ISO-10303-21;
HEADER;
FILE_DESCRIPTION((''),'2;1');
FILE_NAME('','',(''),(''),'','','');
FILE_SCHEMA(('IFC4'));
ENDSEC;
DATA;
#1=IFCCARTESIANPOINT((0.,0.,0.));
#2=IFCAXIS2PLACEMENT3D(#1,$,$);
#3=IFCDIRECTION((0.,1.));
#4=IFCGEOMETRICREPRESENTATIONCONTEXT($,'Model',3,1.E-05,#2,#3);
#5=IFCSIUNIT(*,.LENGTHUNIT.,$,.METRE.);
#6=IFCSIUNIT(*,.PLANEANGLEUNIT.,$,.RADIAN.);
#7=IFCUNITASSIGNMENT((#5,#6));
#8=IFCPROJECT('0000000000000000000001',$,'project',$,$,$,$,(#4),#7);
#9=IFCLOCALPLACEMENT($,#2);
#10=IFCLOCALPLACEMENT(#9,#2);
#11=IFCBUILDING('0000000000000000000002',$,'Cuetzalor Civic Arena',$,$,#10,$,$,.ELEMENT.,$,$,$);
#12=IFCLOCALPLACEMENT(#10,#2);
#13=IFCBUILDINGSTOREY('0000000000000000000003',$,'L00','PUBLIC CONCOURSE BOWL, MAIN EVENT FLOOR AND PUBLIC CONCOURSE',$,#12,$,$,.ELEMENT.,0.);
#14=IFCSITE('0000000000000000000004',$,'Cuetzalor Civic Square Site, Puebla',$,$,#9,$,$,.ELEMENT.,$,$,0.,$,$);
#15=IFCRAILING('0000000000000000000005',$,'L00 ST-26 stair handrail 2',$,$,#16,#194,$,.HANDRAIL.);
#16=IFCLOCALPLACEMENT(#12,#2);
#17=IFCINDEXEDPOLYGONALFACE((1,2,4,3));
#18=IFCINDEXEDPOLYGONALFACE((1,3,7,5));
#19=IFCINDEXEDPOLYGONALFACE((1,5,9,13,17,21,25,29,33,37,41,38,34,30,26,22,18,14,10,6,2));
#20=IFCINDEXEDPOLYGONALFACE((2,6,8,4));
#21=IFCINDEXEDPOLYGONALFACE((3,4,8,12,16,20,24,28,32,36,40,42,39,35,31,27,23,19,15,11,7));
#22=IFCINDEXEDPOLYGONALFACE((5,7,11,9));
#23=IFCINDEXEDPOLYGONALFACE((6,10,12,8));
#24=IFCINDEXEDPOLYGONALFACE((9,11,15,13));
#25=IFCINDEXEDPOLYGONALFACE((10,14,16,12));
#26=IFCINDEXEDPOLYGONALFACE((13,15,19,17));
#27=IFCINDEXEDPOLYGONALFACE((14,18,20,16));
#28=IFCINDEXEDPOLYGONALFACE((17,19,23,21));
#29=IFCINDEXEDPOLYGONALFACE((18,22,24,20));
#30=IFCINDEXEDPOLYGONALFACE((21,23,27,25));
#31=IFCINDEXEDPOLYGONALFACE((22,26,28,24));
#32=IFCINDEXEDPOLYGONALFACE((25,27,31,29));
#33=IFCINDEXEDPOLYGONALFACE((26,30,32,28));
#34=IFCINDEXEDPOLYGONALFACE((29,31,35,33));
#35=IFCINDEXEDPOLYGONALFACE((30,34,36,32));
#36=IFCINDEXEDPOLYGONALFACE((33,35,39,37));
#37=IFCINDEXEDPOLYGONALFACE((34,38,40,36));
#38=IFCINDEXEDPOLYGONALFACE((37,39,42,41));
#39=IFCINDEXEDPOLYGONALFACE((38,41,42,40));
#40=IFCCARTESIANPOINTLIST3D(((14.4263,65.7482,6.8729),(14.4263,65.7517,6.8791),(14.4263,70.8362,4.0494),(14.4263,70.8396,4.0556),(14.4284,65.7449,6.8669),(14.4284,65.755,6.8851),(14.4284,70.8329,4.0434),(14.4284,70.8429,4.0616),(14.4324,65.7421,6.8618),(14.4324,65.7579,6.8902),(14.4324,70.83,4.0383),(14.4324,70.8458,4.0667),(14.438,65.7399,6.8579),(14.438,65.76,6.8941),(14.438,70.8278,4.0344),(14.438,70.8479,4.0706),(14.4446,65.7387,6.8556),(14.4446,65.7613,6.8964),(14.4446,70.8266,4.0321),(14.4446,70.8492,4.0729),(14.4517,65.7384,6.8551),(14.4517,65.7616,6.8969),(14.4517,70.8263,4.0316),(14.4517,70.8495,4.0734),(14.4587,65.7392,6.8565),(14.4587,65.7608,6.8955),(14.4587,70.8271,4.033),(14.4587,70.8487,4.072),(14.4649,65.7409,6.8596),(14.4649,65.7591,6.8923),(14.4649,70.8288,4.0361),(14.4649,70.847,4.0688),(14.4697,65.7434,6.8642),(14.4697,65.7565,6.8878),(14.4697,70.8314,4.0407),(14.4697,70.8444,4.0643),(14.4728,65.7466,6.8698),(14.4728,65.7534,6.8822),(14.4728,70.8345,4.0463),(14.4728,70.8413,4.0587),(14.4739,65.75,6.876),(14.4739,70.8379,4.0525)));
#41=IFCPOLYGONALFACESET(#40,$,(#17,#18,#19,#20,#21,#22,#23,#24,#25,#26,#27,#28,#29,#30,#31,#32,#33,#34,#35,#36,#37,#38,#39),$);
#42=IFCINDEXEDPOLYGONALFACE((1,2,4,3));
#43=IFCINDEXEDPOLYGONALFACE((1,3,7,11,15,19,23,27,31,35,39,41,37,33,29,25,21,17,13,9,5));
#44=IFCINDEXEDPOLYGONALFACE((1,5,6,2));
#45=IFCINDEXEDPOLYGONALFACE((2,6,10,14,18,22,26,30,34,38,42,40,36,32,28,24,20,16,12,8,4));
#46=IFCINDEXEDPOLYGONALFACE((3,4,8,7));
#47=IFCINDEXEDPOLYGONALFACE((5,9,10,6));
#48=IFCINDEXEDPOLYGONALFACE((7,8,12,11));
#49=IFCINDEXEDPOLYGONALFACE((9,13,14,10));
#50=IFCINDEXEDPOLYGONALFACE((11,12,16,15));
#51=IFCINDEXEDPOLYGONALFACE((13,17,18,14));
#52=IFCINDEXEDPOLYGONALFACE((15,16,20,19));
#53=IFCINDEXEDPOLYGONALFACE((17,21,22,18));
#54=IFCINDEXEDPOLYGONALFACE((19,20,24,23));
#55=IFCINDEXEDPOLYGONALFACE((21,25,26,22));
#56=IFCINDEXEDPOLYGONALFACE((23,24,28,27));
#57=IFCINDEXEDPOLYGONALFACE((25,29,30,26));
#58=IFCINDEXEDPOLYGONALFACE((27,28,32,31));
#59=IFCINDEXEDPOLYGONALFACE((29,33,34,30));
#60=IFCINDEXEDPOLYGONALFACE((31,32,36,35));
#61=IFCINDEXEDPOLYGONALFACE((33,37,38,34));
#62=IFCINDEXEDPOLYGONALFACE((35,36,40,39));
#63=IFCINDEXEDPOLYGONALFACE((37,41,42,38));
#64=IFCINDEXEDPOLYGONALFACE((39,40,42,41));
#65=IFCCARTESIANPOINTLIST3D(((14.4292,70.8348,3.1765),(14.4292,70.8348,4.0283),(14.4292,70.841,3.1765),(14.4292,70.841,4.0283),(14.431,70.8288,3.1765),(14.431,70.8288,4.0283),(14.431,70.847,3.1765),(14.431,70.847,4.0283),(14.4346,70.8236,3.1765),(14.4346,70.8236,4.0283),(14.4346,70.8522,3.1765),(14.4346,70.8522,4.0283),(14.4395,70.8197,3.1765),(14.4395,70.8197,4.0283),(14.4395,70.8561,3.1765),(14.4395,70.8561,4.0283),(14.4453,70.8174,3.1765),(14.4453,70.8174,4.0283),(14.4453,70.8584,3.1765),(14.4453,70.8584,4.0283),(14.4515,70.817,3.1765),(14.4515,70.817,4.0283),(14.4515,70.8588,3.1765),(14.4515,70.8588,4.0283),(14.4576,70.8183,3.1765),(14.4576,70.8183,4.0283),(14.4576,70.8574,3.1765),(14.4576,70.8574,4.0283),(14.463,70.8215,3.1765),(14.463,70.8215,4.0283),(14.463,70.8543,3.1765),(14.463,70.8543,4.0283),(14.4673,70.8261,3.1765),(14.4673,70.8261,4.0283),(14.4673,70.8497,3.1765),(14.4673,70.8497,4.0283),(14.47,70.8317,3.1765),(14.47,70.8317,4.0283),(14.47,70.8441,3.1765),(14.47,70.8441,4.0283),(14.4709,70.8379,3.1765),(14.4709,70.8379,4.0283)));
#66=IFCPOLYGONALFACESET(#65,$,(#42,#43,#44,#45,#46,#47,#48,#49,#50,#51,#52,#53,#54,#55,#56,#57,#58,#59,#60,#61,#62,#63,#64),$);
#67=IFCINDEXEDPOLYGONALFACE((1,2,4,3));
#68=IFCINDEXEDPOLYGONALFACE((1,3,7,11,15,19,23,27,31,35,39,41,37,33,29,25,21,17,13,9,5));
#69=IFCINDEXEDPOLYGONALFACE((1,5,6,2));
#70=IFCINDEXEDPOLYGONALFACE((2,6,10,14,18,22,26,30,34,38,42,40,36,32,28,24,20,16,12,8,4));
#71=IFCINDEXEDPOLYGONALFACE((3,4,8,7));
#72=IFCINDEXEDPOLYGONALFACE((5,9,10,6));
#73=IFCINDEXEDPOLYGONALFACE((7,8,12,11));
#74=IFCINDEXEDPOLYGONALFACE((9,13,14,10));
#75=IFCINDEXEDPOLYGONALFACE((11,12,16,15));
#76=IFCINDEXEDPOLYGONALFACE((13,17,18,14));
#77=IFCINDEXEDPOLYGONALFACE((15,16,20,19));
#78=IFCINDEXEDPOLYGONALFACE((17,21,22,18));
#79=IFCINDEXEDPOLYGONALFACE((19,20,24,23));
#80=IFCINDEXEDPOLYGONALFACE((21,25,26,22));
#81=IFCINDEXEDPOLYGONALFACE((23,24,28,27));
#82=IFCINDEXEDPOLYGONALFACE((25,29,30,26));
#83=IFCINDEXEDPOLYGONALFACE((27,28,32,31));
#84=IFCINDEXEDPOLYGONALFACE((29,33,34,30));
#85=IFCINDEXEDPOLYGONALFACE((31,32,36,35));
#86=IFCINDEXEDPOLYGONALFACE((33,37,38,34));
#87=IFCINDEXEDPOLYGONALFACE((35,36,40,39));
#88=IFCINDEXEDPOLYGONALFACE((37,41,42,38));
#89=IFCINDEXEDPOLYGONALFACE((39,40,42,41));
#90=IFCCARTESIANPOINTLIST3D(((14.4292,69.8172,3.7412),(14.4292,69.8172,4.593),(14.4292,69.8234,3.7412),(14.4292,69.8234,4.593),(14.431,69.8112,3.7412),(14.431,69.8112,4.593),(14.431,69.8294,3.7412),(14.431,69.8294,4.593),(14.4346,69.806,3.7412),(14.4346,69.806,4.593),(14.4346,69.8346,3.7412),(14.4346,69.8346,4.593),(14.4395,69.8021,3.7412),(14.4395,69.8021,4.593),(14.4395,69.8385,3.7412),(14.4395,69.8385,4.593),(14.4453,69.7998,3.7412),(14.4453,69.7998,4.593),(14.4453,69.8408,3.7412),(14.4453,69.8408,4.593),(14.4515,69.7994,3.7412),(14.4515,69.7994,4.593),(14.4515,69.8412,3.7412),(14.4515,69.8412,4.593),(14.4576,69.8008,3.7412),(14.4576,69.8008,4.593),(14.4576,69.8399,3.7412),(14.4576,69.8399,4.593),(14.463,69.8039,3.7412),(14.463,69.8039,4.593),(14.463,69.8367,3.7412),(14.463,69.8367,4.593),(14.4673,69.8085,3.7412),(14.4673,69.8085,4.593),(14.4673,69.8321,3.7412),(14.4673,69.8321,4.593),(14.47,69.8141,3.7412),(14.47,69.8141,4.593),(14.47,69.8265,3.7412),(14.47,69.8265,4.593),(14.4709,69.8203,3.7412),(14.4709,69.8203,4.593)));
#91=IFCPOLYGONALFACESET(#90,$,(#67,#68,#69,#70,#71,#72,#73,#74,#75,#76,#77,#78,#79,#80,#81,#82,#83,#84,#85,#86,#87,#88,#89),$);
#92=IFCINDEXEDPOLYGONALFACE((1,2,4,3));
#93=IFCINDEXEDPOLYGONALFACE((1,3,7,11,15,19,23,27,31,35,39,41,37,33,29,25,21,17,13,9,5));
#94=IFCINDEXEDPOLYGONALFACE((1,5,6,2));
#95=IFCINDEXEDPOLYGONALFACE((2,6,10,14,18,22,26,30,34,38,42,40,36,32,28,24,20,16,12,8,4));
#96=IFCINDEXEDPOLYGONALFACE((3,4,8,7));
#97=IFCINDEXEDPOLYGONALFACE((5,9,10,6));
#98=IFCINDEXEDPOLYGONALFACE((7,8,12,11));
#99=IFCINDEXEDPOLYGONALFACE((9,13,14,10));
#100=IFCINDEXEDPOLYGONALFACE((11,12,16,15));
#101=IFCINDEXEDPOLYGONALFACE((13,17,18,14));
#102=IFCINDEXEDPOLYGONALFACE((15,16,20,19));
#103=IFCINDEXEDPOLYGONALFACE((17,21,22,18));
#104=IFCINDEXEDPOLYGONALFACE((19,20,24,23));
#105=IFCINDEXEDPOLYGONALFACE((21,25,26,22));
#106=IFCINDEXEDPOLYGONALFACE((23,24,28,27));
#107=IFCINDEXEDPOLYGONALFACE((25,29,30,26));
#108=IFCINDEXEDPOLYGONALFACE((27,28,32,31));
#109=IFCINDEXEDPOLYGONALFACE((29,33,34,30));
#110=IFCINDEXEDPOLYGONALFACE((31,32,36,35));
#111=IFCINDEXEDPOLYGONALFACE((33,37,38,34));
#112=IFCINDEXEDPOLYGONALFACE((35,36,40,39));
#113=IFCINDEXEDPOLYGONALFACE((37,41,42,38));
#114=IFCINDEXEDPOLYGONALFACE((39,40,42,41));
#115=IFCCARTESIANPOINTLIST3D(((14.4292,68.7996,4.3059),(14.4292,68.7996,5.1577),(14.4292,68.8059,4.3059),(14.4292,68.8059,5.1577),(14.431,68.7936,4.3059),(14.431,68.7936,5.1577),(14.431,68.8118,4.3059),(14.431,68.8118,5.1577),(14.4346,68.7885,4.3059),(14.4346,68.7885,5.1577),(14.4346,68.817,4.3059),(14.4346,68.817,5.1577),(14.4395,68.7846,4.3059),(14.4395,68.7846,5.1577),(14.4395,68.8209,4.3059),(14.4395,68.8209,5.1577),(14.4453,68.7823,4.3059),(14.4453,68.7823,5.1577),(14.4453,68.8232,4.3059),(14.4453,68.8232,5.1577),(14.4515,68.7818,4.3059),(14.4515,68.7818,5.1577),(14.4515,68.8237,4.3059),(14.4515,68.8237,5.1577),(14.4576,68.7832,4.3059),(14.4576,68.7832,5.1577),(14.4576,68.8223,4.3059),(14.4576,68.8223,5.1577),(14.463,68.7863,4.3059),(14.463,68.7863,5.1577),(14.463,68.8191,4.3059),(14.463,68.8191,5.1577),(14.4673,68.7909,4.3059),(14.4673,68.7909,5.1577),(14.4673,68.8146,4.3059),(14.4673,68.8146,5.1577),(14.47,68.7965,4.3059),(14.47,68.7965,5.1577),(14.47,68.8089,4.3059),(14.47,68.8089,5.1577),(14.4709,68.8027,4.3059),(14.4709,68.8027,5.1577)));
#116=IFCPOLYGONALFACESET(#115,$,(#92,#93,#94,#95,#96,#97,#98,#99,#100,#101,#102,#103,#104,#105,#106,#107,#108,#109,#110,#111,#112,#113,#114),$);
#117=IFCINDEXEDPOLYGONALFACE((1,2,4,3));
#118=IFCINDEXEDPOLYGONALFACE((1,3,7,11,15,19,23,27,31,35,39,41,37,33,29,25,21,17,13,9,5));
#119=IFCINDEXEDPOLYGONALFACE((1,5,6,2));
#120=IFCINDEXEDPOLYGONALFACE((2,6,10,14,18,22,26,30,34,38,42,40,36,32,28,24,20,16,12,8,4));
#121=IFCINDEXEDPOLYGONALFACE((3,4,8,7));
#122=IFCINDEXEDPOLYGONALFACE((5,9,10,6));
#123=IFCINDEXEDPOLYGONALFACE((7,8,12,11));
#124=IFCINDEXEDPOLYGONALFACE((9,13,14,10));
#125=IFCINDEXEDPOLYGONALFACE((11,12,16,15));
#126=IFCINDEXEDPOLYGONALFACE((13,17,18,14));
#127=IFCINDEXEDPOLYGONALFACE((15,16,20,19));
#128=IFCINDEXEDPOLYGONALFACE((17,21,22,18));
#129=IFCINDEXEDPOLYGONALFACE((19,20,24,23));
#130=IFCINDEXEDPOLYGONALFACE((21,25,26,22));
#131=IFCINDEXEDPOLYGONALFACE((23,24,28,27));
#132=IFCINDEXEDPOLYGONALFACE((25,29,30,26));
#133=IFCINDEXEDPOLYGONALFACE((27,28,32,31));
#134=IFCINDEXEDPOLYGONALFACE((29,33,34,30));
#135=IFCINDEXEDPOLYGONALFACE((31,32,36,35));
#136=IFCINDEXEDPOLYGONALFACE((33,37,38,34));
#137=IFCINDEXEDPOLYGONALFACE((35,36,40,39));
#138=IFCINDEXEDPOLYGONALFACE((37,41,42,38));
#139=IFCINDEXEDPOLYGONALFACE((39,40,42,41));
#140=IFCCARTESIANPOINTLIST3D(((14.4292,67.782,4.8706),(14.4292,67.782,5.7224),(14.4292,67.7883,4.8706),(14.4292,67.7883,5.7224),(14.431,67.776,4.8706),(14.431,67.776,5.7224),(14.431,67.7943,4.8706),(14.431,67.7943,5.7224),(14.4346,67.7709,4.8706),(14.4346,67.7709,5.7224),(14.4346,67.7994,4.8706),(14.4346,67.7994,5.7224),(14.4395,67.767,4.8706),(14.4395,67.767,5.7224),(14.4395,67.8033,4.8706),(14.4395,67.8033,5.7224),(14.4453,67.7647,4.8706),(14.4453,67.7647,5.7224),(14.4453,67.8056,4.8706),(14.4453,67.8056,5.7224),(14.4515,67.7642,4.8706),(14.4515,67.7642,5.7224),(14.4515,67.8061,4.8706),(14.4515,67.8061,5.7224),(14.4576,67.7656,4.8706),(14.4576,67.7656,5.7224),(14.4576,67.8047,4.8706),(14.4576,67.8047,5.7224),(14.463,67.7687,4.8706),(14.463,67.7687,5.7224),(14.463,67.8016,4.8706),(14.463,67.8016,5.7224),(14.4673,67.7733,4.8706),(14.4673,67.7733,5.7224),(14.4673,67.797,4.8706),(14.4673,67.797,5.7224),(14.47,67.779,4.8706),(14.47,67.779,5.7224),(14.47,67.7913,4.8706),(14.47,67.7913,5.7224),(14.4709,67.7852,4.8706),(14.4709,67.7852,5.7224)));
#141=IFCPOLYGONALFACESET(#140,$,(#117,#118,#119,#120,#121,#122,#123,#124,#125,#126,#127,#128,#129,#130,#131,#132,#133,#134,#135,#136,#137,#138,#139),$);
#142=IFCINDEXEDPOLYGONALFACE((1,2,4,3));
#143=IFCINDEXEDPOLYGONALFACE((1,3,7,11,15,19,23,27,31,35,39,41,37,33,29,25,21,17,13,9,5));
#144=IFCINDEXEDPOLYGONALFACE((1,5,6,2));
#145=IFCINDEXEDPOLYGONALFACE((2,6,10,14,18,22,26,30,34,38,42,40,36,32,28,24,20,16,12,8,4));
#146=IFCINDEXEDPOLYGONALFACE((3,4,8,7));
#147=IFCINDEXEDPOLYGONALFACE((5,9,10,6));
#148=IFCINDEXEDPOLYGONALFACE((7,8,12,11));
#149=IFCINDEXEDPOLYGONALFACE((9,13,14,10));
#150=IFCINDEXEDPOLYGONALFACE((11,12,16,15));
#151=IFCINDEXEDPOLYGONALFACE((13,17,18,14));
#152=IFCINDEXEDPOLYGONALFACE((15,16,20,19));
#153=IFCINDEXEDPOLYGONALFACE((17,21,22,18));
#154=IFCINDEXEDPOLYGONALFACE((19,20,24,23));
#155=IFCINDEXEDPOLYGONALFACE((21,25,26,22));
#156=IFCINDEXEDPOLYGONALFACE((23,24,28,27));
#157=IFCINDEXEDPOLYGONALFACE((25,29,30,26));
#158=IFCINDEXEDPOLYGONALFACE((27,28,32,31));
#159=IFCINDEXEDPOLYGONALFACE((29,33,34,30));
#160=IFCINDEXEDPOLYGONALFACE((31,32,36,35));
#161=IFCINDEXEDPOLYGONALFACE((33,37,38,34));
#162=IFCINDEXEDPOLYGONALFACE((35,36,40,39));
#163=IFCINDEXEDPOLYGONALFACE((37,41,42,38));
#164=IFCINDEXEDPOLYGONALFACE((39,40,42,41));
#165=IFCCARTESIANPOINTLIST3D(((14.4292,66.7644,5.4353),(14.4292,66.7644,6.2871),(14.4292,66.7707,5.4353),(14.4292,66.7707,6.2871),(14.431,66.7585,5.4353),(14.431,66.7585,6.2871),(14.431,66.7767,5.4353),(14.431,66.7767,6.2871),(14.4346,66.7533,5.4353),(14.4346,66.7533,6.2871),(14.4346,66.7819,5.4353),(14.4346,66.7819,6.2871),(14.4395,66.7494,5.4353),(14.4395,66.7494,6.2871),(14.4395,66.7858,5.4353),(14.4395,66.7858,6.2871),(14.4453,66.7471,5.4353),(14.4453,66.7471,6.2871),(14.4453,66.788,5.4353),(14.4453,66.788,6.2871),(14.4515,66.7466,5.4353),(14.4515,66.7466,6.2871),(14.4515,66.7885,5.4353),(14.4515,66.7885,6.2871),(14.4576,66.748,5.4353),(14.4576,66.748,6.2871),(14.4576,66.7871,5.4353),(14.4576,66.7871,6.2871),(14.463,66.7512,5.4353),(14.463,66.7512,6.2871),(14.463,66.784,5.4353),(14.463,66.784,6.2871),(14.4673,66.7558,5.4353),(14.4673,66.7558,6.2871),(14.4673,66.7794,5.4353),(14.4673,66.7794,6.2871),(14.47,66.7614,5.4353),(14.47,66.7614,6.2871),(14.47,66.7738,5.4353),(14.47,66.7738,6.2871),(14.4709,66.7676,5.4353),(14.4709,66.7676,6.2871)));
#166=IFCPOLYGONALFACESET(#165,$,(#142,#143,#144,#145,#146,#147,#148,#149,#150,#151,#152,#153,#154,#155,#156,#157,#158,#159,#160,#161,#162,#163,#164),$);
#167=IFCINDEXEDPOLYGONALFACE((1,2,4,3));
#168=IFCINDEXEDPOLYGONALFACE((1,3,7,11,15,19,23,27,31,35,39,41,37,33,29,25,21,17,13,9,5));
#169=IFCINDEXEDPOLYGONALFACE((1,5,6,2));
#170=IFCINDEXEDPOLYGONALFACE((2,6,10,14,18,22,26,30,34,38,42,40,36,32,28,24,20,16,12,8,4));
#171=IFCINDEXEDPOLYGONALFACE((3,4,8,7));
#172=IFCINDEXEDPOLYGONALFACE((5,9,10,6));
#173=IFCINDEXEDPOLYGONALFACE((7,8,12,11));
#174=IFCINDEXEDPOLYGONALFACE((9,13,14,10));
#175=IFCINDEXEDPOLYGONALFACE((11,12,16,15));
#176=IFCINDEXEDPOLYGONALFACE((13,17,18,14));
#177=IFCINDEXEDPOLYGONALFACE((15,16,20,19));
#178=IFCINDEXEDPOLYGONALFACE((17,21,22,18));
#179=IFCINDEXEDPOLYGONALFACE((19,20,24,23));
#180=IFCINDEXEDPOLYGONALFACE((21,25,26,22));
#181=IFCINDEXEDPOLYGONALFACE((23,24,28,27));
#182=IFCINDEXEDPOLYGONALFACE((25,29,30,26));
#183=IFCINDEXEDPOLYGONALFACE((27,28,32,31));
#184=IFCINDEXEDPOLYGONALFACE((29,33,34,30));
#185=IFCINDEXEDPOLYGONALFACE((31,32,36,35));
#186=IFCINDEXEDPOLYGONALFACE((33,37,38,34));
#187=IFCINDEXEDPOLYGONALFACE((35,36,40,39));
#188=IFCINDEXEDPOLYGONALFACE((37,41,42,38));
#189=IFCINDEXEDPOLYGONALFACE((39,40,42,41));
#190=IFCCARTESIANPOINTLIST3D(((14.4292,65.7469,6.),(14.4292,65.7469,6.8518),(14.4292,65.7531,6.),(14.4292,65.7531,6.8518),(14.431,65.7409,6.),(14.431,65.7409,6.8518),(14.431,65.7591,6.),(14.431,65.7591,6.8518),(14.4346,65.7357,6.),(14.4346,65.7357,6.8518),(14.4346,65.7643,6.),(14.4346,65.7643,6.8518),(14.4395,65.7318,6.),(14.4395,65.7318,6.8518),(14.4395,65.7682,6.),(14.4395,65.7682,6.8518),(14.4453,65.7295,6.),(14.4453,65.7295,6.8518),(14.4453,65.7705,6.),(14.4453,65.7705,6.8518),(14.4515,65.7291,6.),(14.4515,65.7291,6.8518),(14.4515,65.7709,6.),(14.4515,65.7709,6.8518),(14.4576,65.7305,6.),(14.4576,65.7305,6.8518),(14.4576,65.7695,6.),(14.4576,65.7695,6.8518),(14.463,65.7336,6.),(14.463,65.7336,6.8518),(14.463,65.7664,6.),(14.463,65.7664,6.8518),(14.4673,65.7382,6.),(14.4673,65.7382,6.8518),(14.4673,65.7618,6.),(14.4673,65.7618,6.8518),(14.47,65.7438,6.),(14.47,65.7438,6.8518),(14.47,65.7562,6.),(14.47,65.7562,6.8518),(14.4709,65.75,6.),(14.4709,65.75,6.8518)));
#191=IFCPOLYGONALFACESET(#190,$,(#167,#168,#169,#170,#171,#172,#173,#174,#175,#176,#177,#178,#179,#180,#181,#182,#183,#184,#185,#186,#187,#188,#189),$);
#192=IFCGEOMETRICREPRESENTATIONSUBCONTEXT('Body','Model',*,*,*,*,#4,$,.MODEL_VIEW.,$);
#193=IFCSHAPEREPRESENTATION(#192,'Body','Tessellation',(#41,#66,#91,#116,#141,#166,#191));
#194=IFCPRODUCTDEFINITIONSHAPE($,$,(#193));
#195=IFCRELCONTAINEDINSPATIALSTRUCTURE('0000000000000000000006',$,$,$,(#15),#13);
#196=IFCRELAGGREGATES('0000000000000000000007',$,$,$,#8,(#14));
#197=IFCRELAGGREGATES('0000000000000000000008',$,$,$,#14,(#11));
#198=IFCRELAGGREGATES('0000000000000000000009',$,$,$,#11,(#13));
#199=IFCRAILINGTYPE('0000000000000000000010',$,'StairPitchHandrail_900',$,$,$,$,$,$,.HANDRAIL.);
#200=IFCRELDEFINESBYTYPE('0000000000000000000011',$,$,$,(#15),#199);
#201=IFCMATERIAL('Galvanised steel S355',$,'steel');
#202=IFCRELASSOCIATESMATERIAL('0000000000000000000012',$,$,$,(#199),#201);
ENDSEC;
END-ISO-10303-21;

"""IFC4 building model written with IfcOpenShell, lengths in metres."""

from ifc_helpers import new_model, si_unit, direction, frame, origin, origin_2d, place, context, subcontext, project, spatial, circle, extrude, material, type_object, element, save


model = new_model("IFC4")

# Units and contexts
model_context = context("Model", 3, precision=1e-05, world=origin(), true_north=direction((0.0, 1.0)))
body_context = subcontext(model_context, "Body", "Model", "MODEL_VIEW")
ifc_project = project(units=[si_unit("LENGTHUNIT", "METRE"), si_unit("PLANEANGLEUNIT", "RADIAN")], contexts=[model_context])

# Site, building, storey
site_placement = place(None, origin())
site = spatial("IfcSite", under=ifc_project, at=site_placement, Name="Cuetzalor Civic Square Site, Puebla", CompositionType="ELEMENT", RefElevation=0.0)
building_placement = place(site_placement, origin())
building = spatial("IfcBuilding", under=site, at=building_placement, Name="Cuetzalor Civic Arena", CompositionType="ELEMENT")
storey_placement = place(building_placement, origin())
storey = spatial("IfcBuildingStorey", under=building, at=storey_placement, Name="L00", Description="PUBLIC CONCOURSE BOWL, MAIN EVENT FLOOR AND PUBLIC CONCOURSE", CompositionType="ELEMENT", Elevation=0.0)

# Railing
ifc_material_1 = material(Name="Galvanised steel S355", Category="steel")
railing_type_1 = type_object("IfcRailingType", Name="StairPitchHandrail_900", PredefinedType="HANDRAIL", material=ifc_material_1)
railing_1_placement = place(storey_placement, frame((14.45, 70.8379, 3.1765)))
element("IfcRailing", 1, at=railing_1_placement, inside=storey, type_object=railing_type_1, Name="L00 ST-26 stair handrail 2", PredefinedType="HANDRAIL", context=body_context, shape_type="SweptSolid", body=[
    extrude(circle(Radius=0.0239, at=origin_2d()), frame((0.0, 0.0, 0.876), z_axis=(0.0, -0.874385, 0.485233), x_axis=(1.0, 0.0, 0.0)), (0.0, 0.0, 1.0), 5.8188),
    extrude(circle(Radius=0.021, at=origin_2d()), origin(), (0.0, 0.0, 1.0), 0.8518),
    extrude(circle(Radius=0.021, at=origin_2d()), frame((0.0, -1.0176, 0.5647)), (0.0, 0.0, 1.0), 0.8518),
    extrude(circle(Radius=0.021, at=origin_2d()), frame((0.0, -2.0352, 1.1294)), (0.0, 0.0, 1.0), 0.8518),
    extrude(circle(Radius=0.021, at=origin_2d()), frame((0.0, -3.0527, 1.6941)), (0.0, 0.0, 1.0), 0.8518),
    extrude(circle(Radius=0.021, at=origin_2d()), frame((0.0, -4.0703, 2.2588)), (0.0, 0.0, 1.0), 0.8518),
    extrude(circle(Radius=0.021, at=origin_2d()), frame((0.0, -5.0879, 2.8235)), (0.0, 0.0, 1.0), 0.8518),
])

save(model, "model.ifc")
